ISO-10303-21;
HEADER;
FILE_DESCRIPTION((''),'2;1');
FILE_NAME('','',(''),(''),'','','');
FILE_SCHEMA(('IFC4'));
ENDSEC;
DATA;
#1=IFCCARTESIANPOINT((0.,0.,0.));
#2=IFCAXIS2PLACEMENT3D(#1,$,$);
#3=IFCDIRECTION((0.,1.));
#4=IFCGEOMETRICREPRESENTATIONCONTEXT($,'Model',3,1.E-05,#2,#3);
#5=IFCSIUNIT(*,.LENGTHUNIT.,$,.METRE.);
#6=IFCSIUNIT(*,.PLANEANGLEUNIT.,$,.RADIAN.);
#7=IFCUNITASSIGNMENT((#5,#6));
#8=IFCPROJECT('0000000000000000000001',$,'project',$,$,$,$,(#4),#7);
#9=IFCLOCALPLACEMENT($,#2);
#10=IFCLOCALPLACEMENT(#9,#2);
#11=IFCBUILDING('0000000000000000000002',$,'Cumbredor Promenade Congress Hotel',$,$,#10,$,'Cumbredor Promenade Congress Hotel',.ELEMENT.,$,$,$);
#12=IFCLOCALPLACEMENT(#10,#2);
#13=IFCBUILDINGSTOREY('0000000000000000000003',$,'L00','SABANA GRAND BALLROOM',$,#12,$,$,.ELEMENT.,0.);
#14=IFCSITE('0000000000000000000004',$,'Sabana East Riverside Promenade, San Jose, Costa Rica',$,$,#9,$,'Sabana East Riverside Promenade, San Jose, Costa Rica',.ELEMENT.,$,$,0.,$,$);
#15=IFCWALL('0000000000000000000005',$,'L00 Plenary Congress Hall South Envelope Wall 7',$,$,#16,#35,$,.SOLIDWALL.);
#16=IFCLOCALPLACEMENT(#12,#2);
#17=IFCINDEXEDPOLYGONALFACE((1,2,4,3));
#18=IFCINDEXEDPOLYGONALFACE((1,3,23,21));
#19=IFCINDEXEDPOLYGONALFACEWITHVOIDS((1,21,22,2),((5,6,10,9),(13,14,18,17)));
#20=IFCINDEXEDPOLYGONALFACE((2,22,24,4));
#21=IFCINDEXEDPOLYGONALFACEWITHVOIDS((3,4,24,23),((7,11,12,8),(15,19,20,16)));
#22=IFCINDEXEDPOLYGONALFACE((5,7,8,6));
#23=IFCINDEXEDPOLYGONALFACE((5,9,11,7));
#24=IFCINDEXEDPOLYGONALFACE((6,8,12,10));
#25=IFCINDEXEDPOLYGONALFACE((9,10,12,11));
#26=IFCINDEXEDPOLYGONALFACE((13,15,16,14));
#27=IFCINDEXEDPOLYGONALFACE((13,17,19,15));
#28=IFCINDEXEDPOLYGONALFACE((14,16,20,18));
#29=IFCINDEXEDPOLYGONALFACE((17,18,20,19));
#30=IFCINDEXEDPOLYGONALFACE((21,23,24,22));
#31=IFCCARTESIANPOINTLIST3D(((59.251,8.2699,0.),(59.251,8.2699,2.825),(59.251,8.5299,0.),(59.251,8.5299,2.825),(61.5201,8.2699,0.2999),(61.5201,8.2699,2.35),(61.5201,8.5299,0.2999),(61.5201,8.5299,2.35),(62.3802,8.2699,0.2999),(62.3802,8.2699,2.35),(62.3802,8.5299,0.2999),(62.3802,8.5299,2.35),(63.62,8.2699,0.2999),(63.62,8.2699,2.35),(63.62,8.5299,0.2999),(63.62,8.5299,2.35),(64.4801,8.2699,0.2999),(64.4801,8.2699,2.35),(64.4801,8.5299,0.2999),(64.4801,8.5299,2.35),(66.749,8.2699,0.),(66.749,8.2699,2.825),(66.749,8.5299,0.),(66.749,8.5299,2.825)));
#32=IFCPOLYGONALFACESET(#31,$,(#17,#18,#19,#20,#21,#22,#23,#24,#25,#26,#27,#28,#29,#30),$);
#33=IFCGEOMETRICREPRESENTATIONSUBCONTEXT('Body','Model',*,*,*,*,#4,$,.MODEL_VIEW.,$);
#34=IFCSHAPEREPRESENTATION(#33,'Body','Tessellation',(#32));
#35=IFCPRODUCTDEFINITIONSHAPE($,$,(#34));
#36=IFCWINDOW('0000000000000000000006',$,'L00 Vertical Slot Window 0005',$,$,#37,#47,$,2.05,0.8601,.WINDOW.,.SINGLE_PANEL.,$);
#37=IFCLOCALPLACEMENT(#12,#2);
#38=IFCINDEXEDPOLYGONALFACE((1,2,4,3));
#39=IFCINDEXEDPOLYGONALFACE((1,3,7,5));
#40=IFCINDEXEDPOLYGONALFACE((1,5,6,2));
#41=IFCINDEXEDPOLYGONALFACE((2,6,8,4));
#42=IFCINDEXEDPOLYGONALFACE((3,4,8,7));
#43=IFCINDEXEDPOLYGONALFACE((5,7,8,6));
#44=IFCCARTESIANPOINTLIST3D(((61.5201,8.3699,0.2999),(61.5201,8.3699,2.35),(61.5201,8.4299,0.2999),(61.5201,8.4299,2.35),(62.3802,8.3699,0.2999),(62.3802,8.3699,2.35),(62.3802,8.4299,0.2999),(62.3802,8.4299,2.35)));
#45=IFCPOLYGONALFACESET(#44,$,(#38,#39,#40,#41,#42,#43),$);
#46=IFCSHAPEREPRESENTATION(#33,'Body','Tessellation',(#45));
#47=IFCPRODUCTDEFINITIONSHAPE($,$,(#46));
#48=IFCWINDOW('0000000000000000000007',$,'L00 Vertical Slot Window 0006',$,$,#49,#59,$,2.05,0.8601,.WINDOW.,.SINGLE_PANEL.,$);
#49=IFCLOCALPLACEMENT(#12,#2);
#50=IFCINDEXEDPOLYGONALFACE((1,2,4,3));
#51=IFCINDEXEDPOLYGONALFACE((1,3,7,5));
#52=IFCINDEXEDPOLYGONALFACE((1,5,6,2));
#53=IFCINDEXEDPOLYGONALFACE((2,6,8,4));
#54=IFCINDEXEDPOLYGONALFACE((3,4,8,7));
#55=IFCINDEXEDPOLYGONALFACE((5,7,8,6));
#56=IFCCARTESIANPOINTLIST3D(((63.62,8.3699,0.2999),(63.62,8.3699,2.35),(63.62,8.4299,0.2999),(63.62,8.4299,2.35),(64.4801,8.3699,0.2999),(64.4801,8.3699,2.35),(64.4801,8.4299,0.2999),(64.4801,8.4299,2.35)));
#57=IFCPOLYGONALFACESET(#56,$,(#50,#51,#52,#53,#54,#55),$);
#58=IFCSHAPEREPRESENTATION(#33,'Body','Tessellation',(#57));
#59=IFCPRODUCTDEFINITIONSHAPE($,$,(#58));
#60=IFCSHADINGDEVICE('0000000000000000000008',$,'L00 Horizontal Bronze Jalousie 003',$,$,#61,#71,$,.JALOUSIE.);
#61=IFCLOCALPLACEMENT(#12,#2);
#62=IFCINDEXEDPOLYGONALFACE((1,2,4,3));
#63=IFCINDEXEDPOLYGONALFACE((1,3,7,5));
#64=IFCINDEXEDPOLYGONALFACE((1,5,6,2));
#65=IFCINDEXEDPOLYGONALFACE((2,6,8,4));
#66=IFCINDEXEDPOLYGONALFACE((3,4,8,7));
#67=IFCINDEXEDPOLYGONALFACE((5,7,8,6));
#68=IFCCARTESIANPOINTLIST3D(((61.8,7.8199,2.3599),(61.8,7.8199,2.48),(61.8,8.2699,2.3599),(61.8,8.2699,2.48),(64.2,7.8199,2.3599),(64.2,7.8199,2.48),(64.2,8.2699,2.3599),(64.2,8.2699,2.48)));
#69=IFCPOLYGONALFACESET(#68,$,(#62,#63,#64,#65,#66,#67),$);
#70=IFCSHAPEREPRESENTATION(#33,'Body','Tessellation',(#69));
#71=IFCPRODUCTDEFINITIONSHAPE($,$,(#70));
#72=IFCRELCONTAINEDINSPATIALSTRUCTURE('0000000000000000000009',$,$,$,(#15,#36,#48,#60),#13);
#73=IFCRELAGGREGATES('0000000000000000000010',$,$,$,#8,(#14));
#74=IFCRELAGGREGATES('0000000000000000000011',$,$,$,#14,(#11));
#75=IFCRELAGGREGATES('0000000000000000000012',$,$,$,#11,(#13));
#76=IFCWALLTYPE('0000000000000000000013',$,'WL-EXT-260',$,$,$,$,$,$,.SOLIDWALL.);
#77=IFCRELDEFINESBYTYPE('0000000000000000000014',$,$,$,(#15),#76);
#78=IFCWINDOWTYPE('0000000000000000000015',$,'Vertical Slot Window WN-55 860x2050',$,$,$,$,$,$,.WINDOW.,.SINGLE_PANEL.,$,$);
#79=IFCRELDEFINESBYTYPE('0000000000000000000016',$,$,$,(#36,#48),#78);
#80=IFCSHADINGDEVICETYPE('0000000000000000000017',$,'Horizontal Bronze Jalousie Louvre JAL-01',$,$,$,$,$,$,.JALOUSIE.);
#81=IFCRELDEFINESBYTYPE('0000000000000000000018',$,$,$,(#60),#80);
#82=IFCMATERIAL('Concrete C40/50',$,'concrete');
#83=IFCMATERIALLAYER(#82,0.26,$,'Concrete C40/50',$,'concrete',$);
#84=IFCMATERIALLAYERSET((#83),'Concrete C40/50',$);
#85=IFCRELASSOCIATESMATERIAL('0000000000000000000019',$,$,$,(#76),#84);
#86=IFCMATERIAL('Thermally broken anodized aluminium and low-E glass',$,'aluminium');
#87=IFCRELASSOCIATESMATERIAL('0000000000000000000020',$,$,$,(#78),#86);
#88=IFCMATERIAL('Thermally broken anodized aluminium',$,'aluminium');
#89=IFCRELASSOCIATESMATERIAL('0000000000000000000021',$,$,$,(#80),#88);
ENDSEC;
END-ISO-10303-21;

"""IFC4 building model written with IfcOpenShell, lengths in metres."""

from ifc_helpers import new_model, si_unit, direction, frame, frame_2d, origin, origin_2d, place, context, subcontext, project, spatial, rectangle, extrude, material, layer, layer_set, type_object, element, fill, save


model = new_model("IFC4")

# Units and contexts
model_context = context("Model", 3, precision=1e-05, world=origin(), true_north=direction((0.0, 1.0)))
body_context = subcontext(model_context, "Body", "Model", "MODEL_VIEW")
ifc_project = project(units=[si_unit("LENGTHUNIT", "METRE"), si_unit("PLANEANGLEUNIT", "RADIAN")], contexts=[model_context])

# Site, building, storey
site_placement = place(None, origin())
site = spatial("IfcSite", under=ifc_project, at=site_placement, Name="Sabana East Riverside Promenade, San Jose, Costa Rica", LongName="Sabana East Riverside Promenade, San Jose, Costa Rica", CompositionType="ELEMENT", RefElevation=0.0)
building_placement = place(site_placement, origin())
building = spatial("IfcBuilding", under=site, at=building_placement, Name="Cumbredor Promenade Congress Hotel", LongName="Cumbredor Promenade Congress Hotel", CompositionType="ELEMENT")
storey_placement = place(building_placement, origin())
storey = spatial("IfcBuildingStorey", under=building, at=storey_placement, Name="L00", Description="SABANA GRAND BALLROOM", CompositionType="ELEMENT", Elevation=0.0)

# Shared definitions
ifc_material_1 = material(Name="Thermally broken anodized aluminium and low-E glass", Category="aluminium")
ifc_material_2 = material(Name="Thermally broken anodized aluminium", Category="aluminium")

# Shared definitions
ifc_material_3 = material(Name="Concrete C40/50", Category="concrete")

# Wall, openings, windows
ifc_layer_1 = layer(ifc_material_3, 0.26, Name="Concrete C40/50", Category="concrete")
ifc_layer_set_1 = layer_set([ifc_layer_1], Name="Concrete C40/50")
wall_type = type_object("IfcWallType", Name="WL-EXT-260", PredefinedType="SOLIDWALL", material=ifc_layer_set_1)
wall_placement = place(storey_placement, frame((59.251, 8.3999, 0.0), z_axis=(0.0, 0.0, 1.0), x_axis=(1.0, 0.0, 0.0)))
wall = element("IfcWall", 1, at=wall_placement, inside=storey, type_object=wall_type, Name="L00 Plenary Congress Hall South Envelope Wall 7", PredefinedType="SOLIDWALL", context=body_context, shape_type="SweptSolid", body=[
    extrude(rectangle(XDim=7.498, YDim=0.26, at=frame_2d((3.749, 0.0))), origin(), (0.0, 0.0, 1.0), 2.825),
])
opening_1_placement = place(wall_placement, frame((2.269, 0.0, 0.3)))
opening_1 = element("IfcOpeningElement", 2, at=opening_1_placement, cuts=wall, PredefinedType="OPENING", context=body_context, shape_type="SweptSolid", body=[
    extrude(rectangle(XDim=0.8601, YDim=2.05, at=frame_2d((0.4302, 1.0249))), frame((0.0, 0.1401, 0.0), z_axis=(0.0, -1.0, 0.0), x_axis=(1.0, 0.0, 0.0)), (0.0, 0.0, 1.0), 0.28),
])
opening_2_placement = place(wall_placement, frame((4.3689, 0.0, 0.3)))
opening_2 = element("IfcOpeningElement", 3, at=opening_2_placement, cuts=wall, PredefinedType="OPENING", context=body_context, shape_type="SweptSolid", body=[
    extrude(rectangle(XDim=0.8601, YDim=2.05, at=frame_2d((0.4302, 1.0249))), frame((0.0, 0.1401, 0.0), z_axis=(0.0, -1.0, 0.0), x_axis=(1.0, 0.0, 0.0)), (0.0, 0.0, 1.0), 0.28),
])
window_type = type_object("IfcWindowType", Name="Vertical Slot Window WN-55 860x2050", PartitioningType="SINGLE_PANEL", PredefinedType="WINDOW", material=ifc_material_1)
window_1_placement = place(opening_1_placement, origin())
window_1 = element("IfcWindow", 4, at=window_1_placement, inside=storey, type_object=window_type, Name="L00 Vertical Slot Window 0005", OverallHeight=2.05, OverallWidth=0.8601, PartitioningType="SINGLE_PANEL", PredefinedType="WINDOW", context=body_context, shape_type="SweptSolid", body=[
    extrude(rectangle(XDim=0.8601, YDim=2.05, at=frame_2d((0.4302, 1.0249))), frame((0.0, 0.03, 0.0), z_axis=(0.0, -1.0, 0.0), x_axis=(1.0, 0.0, 0.0)), (0.0, 0.0, 1.0), 0.0601),
])
fill(opening_1, window_1)
window_2_placement = place(opening_2_placement, origin())
window_2 = element("IfcWindow", 5, at=window_2_placement, inside=storey, type_object=window_type, Name="L00 Vertical Slot Window 0006", OverallHeight=2.05, OverallWidth=0.8601, PartitioningType="SINGLE_PANEL", PredefinedType="WINDOW", context=body_context, shape_type="SweptSolid", body=[
    extrude(rectangle(XDim=0.8601, YDim=2.05, at=frame_2d((0.4302, 1.0249))), frame((0.0, 0.03, 0.0), z_axis=(0.0, -1.0, 0.0), x_axis=(1.0, 0.0, 0.0)), (0.0, 0.0, 1.0), 0.0601),
])
fill(opening_2, window_2)

# Shading device
shading_device_type = type_object("IfcShadingDeviceType", Name="Horizontal Bronze Jalousie Louvre JAL-01", PredefinedType="JALOUSIE", material=ifc_material_2)
shading_device_placement = place(storey_placement, frame((63.0, 8.0449, 2.3599), z_axis=(0.0, 0.0, 1.0), x_axis=(1.0, 0.0, 0.0)))
element("IfcShadingDevice", 6, at=shading_device_placement, inside=storey, type_object=shading_device_type, Name="L00 Horizontal Bronze Jalousie 003", PredefinedType="JALOUSIE", context=body_context, shape_type="SweptSolid", body=[
    extrude(rectangle(XDim=2.3999, YDim=0.45, at=origin_2d()), origin(), (0.0, 0.0, 1.0), 0.1201),
])

save(model, "model.ifc")
